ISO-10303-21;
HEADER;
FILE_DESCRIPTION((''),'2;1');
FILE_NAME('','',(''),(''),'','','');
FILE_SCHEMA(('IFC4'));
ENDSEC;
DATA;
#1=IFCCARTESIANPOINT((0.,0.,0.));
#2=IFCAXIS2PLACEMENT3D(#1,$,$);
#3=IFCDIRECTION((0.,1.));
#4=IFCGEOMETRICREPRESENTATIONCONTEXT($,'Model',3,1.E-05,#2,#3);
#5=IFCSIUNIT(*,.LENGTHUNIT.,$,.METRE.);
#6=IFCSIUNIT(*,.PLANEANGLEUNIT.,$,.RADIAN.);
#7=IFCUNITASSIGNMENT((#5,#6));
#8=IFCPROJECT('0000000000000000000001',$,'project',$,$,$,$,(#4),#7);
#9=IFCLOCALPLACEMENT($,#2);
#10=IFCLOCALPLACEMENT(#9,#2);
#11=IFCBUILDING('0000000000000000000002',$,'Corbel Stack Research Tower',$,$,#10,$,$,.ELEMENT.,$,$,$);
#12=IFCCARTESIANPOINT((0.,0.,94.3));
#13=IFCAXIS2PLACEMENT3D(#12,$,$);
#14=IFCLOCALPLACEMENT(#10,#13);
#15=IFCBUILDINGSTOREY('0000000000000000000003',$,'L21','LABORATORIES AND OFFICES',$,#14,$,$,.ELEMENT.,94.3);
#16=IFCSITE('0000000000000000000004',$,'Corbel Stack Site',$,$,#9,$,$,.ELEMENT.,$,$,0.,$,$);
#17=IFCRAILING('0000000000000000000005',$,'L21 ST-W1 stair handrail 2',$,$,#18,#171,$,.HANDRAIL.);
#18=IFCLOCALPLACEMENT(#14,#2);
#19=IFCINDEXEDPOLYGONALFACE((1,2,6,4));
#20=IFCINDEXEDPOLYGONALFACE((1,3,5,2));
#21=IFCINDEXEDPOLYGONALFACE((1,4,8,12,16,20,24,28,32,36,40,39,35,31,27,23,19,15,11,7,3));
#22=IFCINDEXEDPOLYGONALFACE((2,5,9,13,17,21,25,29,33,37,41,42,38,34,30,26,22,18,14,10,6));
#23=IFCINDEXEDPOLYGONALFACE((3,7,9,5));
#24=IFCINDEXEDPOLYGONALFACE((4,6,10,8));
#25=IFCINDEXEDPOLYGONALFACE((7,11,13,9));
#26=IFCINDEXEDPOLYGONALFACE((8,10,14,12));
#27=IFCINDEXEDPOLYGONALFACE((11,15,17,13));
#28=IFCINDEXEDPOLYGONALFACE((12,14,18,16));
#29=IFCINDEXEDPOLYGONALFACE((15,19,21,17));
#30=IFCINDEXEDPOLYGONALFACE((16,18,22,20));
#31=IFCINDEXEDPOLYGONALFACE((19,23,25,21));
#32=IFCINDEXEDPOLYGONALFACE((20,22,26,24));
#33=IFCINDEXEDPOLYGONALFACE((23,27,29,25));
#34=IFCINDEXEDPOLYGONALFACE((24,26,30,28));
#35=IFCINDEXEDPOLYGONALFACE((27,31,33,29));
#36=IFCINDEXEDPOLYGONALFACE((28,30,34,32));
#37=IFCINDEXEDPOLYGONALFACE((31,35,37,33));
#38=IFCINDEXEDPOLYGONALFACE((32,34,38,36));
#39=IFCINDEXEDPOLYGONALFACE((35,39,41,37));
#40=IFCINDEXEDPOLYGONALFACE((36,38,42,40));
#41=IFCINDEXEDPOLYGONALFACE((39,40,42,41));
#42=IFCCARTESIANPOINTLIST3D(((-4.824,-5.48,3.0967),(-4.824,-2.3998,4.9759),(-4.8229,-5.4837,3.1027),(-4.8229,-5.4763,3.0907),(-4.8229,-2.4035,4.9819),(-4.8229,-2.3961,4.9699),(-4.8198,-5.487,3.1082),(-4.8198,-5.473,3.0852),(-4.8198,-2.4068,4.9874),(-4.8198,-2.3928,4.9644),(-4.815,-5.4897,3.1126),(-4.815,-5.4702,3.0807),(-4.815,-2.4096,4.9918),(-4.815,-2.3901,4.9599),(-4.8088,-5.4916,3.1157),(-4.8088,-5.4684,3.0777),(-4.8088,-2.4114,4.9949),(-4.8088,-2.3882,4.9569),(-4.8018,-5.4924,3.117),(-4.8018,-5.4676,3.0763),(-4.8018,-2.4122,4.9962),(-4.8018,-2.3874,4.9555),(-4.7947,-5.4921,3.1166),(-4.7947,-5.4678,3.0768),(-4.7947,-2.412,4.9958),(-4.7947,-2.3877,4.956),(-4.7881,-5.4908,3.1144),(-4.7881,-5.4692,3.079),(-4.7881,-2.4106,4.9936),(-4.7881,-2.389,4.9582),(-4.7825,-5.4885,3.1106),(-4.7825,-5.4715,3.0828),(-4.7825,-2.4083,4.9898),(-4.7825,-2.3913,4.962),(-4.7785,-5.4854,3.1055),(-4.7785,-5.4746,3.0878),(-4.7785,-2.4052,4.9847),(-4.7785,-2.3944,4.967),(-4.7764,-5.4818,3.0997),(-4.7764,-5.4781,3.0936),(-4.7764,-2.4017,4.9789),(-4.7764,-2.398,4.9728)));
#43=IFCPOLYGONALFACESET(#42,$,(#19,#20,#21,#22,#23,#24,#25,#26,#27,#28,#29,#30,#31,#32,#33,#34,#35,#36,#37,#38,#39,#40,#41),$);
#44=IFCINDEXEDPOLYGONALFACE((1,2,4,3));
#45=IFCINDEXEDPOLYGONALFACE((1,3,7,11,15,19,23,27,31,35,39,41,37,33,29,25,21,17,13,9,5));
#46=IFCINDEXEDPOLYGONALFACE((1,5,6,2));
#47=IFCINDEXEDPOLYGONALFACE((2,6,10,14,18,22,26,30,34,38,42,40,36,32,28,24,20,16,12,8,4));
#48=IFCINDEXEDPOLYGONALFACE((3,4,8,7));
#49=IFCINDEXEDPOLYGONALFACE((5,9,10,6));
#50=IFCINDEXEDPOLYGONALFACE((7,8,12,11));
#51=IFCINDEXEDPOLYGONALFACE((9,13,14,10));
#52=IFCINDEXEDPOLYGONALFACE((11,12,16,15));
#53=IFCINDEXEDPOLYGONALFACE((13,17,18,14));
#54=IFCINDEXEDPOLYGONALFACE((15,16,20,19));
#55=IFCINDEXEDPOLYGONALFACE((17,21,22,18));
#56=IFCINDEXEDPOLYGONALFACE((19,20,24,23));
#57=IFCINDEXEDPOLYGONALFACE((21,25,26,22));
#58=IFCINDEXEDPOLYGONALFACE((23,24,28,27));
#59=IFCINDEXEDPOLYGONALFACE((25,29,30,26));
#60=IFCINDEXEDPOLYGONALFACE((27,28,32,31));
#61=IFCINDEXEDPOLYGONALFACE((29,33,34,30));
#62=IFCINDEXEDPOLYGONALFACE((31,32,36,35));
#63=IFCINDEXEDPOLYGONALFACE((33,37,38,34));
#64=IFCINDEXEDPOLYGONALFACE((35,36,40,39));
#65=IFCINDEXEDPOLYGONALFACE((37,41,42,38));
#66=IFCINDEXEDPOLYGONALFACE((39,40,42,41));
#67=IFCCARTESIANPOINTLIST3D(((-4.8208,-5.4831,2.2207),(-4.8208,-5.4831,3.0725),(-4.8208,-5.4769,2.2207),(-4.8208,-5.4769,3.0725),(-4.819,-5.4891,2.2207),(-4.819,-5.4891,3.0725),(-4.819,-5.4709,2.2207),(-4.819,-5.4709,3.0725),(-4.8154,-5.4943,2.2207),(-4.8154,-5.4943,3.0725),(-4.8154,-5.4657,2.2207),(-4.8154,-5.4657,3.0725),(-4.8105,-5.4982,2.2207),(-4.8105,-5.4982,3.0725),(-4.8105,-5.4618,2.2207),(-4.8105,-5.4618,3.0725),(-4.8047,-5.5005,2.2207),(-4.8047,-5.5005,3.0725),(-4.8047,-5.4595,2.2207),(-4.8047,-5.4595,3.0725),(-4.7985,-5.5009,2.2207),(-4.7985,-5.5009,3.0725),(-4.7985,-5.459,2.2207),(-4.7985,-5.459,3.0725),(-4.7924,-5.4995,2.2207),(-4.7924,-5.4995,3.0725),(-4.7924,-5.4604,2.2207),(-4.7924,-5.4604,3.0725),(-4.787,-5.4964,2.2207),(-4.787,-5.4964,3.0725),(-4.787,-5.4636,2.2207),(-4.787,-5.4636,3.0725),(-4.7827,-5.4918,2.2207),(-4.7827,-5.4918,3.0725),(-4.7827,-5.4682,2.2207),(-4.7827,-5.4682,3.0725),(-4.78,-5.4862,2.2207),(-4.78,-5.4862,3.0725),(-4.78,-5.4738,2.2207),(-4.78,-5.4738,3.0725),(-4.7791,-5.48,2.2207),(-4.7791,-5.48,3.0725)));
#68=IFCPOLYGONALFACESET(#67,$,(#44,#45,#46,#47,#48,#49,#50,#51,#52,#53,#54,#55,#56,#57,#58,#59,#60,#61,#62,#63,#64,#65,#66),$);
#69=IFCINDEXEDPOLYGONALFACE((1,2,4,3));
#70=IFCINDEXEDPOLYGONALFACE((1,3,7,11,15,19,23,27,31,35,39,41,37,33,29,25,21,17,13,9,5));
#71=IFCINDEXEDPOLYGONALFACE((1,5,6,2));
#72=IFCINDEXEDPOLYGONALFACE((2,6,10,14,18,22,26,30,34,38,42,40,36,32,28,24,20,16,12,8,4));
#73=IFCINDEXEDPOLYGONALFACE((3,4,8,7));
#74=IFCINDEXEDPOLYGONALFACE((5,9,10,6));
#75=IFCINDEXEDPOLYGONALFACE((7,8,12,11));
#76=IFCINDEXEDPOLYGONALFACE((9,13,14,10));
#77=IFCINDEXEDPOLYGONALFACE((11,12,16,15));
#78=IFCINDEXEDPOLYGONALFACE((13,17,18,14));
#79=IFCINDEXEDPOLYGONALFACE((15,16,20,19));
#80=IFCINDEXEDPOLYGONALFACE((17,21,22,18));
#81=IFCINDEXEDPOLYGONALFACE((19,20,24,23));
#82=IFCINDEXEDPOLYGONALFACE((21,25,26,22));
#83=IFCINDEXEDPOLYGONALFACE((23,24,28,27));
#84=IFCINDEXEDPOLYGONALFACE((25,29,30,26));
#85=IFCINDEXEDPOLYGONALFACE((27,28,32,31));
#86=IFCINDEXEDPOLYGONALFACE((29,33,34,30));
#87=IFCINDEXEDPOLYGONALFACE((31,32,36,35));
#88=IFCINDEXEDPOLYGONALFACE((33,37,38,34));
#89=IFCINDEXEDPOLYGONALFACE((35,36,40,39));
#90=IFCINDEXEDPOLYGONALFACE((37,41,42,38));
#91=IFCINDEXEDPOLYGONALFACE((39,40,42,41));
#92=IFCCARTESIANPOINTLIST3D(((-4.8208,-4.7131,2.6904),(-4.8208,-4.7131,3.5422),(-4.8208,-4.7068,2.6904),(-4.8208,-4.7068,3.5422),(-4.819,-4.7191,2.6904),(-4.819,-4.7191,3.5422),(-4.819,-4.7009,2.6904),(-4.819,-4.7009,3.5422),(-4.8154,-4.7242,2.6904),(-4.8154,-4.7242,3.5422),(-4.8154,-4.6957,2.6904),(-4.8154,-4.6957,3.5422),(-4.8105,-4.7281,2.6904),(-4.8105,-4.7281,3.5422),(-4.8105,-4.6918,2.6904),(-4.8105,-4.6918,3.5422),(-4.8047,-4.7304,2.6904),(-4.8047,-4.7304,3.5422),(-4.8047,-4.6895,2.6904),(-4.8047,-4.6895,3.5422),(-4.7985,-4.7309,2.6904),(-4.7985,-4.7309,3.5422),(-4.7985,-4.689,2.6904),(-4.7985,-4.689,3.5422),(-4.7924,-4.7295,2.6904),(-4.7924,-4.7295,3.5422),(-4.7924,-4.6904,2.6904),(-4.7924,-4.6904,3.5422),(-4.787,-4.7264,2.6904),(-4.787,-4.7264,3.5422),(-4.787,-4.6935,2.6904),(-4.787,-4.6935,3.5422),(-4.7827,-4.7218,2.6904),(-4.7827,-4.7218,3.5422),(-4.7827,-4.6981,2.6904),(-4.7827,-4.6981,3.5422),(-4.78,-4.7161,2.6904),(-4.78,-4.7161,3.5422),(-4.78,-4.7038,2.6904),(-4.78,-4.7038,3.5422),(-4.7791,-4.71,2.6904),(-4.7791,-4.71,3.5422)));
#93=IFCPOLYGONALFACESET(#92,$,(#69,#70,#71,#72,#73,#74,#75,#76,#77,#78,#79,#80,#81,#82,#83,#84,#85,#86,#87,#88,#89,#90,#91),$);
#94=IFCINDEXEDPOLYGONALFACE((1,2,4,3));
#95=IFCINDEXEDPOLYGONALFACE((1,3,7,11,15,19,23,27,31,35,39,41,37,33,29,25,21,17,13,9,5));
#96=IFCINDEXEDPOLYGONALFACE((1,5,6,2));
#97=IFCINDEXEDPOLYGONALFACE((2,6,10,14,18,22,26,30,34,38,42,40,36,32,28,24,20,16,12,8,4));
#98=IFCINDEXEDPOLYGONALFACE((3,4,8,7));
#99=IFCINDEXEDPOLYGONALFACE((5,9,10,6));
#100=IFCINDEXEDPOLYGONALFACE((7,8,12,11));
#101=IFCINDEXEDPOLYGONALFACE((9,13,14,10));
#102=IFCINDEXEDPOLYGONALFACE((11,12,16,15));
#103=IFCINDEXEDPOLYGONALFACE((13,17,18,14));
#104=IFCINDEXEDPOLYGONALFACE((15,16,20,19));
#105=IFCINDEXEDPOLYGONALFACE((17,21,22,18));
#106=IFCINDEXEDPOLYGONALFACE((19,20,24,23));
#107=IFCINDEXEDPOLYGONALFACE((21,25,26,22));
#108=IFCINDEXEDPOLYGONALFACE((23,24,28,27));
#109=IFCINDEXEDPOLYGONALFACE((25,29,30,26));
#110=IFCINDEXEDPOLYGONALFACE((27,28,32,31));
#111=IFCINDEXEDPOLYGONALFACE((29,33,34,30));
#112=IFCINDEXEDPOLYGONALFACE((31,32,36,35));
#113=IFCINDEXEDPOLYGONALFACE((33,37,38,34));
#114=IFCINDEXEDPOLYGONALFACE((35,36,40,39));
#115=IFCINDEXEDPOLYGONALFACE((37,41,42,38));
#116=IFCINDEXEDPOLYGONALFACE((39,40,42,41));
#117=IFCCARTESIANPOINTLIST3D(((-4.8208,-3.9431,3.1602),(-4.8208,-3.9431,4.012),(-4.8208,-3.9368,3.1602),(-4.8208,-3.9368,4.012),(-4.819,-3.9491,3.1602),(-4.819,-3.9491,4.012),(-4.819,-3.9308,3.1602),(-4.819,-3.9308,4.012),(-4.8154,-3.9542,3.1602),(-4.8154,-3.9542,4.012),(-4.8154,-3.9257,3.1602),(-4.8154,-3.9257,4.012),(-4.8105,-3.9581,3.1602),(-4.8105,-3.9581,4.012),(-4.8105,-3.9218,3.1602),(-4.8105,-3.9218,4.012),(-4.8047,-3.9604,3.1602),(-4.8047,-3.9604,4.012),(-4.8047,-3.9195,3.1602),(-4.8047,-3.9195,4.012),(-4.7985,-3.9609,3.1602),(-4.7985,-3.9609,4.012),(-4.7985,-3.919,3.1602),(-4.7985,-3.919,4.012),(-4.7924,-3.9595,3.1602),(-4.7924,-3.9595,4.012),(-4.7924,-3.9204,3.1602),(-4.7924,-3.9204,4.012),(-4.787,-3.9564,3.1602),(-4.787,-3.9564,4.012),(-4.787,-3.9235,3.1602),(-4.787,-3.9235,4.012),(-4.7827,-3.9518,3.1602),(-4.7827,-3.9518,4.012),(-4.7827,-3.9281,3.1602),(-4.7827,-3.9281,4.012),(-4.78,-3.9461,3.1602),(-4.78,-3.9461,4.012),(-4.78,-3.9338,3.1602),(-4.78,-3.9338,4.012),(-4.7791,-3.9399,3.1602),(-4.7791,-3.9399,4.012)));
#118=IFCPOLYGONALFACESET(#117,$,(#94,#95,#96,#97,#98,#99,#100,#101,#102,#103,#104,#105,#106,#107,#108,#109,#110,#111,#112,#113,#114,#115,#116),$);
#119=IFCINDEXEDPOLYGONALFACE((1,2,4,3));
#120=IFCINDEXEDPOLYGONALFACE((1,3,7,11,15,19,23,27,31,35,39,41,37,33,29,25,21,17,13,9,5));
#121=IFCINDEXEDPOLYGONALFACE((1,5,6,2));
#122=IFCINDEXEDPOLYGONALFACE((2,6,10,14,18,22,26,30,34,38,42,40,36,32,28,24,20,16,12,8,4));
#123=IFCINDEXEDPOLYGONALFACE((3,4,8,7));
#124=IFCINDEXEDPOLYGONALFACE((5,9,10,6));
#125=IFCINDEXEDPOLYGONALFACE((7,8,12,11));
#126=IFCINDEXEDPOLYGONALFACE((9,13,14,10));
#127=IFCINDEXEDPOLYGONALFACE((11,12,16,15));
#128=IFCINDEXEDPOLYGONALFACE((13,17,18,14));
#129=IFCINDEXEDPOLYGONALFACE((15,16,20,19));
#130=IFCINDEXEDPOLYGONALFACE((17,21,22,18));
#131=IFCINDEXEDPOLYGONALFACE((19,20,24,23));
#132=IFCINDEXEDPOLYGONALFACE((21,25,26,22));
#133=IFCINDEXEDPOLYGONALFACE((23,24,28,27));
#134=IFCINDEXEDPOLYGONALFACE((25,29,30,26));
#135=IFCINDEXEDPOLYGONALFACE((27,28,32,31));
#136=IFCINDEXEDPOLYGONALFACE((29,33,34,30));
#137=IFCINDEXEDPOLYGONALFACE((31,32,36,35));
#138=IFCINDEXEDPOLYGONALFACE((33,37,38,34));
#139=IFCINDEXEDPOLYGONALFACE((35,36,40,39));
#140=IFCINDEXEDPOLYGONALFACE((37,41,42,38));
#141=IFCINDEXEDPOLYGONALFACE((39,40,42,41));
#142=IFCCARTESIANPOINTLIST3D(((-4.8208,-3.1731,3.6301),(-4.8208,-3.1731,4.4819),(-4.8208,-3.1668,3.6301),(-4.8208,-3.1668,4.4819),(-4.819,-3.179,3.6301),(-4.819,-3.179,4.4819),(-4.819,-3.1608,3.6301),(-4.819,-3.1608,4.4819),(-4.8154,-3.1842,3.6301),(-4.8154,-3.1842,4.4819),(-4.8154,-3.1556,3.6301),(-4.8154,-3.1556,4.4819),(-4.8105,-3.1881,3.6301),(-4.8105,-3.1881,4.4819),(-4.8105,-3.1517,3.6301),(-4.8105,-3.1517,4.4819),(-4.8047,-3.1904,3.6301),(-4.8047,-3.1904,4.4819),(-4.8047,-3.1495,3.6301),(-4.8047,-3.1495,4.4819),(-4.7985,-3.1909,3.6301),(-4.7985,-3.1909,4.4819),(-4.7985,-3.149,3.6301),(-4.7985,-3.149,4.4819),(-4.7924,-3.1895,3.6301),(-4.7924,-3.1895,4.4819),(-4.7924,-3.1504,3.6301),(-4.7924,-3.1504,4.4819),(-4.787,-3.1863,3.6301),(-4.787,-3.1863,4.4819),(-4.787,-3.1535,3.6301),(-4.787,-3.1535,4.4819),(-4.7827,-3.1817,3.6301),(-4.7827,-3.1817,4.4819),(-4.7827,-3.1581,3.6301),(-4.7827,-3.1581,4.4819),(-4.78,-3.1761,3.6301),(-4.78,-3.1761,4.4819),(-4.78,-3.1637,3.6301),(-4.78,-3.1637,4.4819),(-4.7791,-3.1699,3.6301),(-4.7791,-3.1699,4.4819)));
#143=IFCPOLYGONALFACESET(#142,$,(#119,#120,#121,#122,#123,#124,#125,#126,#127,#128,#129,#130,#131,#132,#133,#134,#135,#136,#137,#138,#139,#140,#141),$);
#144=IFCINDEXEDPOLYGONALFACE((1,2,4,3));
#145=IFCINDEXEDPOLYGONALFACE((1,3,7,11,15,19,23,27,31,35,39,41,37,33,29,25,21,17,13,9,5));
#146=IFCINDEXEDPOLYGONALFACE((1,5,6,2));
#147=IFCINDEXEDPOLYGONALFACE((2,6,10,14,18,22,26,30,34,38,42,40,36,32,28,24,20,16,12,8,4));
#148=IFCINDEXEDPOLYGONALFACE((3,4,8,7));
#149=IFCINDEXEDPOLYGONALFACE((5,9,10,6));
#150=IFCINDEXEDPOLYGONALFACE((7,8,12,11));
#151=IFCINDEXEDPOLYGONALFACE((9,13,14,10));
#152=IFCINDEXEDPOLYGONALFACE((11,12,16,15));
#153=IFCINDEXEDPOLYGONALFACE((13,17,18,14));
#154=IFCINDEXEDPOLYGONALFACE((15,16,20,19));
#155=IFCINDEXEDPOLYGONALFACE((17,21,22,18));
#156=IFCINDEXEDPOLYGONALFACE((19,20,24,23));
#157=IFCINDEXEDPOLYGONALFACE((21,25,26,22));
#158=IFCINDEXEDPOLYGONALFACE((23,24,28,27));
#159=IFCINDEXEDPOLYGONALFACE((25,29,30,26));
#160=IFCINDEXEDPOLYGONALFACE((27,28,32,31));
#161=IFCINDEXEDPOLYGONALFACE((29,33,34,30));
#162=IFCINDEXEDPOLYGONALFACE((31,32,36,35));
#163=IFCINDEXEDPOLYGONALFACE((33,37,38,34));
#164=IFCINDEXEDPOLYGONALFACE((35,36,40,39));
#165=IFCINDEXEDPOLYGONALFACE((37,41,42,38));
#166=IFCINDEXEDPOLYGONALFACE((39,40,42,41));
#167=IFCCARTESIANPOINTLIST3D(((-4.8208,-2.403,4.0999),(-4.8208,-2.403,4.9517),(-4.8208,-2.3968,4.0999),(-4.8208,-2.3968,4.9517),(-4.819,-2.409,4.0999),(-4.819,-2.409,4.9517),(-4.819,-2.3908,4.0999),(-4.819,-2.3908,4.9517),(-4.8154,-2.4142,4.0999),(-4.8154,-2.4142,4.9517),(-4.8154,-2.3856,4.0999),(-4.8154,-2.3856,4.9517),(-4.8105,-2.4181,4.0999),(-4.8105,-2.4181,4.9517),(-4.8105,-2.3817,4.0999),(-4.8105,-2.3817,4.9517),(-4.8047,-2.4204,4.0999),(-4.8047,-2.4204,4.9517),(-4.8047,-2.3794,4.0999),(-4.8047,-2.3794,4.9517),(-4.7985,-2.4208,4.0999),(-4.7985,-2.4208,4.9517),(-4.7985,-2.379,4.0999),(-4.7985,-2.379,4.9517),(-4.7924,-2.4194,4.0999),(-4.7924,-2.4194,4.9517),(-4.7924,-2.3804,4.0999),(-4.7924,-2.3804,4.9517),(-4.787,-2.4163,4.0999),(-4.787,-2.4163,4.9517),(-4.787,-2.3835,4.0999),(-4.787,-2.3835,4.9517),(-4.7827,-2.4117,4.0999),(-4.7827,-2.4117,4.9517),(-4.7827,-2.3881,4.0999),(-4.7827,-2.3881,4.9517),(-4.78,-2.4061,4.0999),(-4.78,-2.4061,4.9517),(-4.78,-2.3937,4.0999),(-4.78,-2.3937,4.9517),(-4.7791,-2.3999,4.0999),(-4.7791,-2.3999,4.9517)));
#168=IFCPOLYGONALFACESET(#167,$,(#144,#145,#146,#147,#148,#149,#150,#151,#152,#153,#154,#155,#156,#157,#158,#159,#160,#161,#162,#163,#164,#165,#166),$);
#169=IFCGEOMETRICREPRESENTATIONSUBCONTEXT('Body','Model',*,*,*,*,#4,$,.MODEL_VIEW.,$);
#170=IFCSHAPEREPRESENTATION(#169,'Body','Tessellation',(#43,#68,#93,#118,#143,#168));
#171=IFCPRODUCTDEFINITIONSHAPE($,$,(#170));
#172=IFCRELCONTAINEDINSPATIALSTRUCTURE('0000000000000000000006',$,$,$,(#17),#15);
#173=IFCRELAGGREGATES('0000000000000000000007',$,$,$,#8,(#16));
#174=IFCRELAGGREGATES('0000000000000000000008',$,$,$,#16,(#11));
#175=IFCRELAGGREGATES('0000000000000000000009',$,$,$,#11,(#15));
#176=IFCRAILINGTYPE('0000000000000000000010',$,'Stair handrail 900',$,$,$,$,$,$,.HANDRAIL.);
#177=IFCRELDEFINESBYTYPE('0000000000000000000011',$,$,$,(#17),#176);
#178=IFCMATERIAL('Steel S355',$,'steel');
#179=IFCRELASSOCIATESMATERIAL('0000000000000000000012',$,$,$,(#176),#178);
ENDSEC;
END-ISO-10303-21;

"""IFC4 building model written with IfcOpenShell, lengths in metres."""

from ifc_helpers import new_model, si_unit, direction, frame, origin, origin_2d, place, context, subcontext, project, spatial, circle, extrude, material, type_object, element, save


model = new_model("IFC4")

# Units and contexts
model_context = context("Model", 3, precision=1e-05, world=origin(), true_north=direction((0.0, 1.0)))
body_context = subcontext(model_context, "Body", "Model", "MODEL_VIEW")
ifc_project = project(units=[si_unit("LENGTHUNIT", "METRE"), si_unit("PLANEANGLEUNIT", "RADIAN")], contexts=[model_context])

# Site, building, storey
site_placement = place(None, origin())
site = spatial("IfcSite", under=ifc_project, at=site_placement, Name="Corbel Stack Site", CompositionType="ELEMENT", RefElevation=0.0)
building_placement = place(site_placement, origin())
building = spatial("IfcBuilding", under=site, at=building_placement, Name="Corbel Stack Research Tower", CompositionType="ELEMENT")
storey_placement = place(building_placement, frame((0.0, 0.0, 94.3)))
storey = spatial("IfcBuildingStorey", under=building, at=storey_placement, Name="L21", Description="LABORATORIES AND OFFICES", CompositionType="ELEMENT", Elevation=94.3)

# Railing
ifc_material_1 = material(Name="Steel S355", Category="steel")
railing_type_1 = type_object("IfcRailingType", Name="Stair handrail 900", PredefinedType="HANDRAIL", material=ifc_material_1)
railing_1_placement = place(storey_placement, frame((-4.8, -5.48, 2.2207)))
element("IfcRailing", 1, at=railing_1_placement, inside=storey, type_object=railing_type_1, Name="L21 ST-W1 stair handrail 2", PredefinedType="HANDRAIL", context=body_context, shape_type="SweptSolid", body=[
    extrude(circle(Radius=0.0239, at=origin_2d()), frame((0.0, 0.0, 0.876), z_axis=(0.0, 0.853666, 0.52082), x_axis=(-1.0, 0.0, 0.0)), (0.0, 0.0, 1.0), 3.6082),
    extrude(circle(Radius=0.021, at=origin_2d()), origin(), (0.0, 0.0, 1.0), 0.8518),
    extrude(circle(Radius=0.021, at=origin_2d()), frame((0.0, 0.77, 0.4697)), (0.0, 0.0, 1.0), 0.8518),
    extrude(circle(Radius=0.021, at=origin_2d()), frame((0.0, 1.54, 0.9395)), (0.0, 0.0, 1.0), 0.8518),
    extrude(circle(Radius=0.021, at=origin_2d()), frame((0.0, 2.3101, 1.4094)), (0.0, 0.0, 1.0), 0.8518),
    extrude(circle(Radius=0.021, at=origin_2d()), frame((0.0, 3.0801, 1.8792)), (0.0, 0.0, 1.0), 0.8518),
])

save(model, "model.ifc")
